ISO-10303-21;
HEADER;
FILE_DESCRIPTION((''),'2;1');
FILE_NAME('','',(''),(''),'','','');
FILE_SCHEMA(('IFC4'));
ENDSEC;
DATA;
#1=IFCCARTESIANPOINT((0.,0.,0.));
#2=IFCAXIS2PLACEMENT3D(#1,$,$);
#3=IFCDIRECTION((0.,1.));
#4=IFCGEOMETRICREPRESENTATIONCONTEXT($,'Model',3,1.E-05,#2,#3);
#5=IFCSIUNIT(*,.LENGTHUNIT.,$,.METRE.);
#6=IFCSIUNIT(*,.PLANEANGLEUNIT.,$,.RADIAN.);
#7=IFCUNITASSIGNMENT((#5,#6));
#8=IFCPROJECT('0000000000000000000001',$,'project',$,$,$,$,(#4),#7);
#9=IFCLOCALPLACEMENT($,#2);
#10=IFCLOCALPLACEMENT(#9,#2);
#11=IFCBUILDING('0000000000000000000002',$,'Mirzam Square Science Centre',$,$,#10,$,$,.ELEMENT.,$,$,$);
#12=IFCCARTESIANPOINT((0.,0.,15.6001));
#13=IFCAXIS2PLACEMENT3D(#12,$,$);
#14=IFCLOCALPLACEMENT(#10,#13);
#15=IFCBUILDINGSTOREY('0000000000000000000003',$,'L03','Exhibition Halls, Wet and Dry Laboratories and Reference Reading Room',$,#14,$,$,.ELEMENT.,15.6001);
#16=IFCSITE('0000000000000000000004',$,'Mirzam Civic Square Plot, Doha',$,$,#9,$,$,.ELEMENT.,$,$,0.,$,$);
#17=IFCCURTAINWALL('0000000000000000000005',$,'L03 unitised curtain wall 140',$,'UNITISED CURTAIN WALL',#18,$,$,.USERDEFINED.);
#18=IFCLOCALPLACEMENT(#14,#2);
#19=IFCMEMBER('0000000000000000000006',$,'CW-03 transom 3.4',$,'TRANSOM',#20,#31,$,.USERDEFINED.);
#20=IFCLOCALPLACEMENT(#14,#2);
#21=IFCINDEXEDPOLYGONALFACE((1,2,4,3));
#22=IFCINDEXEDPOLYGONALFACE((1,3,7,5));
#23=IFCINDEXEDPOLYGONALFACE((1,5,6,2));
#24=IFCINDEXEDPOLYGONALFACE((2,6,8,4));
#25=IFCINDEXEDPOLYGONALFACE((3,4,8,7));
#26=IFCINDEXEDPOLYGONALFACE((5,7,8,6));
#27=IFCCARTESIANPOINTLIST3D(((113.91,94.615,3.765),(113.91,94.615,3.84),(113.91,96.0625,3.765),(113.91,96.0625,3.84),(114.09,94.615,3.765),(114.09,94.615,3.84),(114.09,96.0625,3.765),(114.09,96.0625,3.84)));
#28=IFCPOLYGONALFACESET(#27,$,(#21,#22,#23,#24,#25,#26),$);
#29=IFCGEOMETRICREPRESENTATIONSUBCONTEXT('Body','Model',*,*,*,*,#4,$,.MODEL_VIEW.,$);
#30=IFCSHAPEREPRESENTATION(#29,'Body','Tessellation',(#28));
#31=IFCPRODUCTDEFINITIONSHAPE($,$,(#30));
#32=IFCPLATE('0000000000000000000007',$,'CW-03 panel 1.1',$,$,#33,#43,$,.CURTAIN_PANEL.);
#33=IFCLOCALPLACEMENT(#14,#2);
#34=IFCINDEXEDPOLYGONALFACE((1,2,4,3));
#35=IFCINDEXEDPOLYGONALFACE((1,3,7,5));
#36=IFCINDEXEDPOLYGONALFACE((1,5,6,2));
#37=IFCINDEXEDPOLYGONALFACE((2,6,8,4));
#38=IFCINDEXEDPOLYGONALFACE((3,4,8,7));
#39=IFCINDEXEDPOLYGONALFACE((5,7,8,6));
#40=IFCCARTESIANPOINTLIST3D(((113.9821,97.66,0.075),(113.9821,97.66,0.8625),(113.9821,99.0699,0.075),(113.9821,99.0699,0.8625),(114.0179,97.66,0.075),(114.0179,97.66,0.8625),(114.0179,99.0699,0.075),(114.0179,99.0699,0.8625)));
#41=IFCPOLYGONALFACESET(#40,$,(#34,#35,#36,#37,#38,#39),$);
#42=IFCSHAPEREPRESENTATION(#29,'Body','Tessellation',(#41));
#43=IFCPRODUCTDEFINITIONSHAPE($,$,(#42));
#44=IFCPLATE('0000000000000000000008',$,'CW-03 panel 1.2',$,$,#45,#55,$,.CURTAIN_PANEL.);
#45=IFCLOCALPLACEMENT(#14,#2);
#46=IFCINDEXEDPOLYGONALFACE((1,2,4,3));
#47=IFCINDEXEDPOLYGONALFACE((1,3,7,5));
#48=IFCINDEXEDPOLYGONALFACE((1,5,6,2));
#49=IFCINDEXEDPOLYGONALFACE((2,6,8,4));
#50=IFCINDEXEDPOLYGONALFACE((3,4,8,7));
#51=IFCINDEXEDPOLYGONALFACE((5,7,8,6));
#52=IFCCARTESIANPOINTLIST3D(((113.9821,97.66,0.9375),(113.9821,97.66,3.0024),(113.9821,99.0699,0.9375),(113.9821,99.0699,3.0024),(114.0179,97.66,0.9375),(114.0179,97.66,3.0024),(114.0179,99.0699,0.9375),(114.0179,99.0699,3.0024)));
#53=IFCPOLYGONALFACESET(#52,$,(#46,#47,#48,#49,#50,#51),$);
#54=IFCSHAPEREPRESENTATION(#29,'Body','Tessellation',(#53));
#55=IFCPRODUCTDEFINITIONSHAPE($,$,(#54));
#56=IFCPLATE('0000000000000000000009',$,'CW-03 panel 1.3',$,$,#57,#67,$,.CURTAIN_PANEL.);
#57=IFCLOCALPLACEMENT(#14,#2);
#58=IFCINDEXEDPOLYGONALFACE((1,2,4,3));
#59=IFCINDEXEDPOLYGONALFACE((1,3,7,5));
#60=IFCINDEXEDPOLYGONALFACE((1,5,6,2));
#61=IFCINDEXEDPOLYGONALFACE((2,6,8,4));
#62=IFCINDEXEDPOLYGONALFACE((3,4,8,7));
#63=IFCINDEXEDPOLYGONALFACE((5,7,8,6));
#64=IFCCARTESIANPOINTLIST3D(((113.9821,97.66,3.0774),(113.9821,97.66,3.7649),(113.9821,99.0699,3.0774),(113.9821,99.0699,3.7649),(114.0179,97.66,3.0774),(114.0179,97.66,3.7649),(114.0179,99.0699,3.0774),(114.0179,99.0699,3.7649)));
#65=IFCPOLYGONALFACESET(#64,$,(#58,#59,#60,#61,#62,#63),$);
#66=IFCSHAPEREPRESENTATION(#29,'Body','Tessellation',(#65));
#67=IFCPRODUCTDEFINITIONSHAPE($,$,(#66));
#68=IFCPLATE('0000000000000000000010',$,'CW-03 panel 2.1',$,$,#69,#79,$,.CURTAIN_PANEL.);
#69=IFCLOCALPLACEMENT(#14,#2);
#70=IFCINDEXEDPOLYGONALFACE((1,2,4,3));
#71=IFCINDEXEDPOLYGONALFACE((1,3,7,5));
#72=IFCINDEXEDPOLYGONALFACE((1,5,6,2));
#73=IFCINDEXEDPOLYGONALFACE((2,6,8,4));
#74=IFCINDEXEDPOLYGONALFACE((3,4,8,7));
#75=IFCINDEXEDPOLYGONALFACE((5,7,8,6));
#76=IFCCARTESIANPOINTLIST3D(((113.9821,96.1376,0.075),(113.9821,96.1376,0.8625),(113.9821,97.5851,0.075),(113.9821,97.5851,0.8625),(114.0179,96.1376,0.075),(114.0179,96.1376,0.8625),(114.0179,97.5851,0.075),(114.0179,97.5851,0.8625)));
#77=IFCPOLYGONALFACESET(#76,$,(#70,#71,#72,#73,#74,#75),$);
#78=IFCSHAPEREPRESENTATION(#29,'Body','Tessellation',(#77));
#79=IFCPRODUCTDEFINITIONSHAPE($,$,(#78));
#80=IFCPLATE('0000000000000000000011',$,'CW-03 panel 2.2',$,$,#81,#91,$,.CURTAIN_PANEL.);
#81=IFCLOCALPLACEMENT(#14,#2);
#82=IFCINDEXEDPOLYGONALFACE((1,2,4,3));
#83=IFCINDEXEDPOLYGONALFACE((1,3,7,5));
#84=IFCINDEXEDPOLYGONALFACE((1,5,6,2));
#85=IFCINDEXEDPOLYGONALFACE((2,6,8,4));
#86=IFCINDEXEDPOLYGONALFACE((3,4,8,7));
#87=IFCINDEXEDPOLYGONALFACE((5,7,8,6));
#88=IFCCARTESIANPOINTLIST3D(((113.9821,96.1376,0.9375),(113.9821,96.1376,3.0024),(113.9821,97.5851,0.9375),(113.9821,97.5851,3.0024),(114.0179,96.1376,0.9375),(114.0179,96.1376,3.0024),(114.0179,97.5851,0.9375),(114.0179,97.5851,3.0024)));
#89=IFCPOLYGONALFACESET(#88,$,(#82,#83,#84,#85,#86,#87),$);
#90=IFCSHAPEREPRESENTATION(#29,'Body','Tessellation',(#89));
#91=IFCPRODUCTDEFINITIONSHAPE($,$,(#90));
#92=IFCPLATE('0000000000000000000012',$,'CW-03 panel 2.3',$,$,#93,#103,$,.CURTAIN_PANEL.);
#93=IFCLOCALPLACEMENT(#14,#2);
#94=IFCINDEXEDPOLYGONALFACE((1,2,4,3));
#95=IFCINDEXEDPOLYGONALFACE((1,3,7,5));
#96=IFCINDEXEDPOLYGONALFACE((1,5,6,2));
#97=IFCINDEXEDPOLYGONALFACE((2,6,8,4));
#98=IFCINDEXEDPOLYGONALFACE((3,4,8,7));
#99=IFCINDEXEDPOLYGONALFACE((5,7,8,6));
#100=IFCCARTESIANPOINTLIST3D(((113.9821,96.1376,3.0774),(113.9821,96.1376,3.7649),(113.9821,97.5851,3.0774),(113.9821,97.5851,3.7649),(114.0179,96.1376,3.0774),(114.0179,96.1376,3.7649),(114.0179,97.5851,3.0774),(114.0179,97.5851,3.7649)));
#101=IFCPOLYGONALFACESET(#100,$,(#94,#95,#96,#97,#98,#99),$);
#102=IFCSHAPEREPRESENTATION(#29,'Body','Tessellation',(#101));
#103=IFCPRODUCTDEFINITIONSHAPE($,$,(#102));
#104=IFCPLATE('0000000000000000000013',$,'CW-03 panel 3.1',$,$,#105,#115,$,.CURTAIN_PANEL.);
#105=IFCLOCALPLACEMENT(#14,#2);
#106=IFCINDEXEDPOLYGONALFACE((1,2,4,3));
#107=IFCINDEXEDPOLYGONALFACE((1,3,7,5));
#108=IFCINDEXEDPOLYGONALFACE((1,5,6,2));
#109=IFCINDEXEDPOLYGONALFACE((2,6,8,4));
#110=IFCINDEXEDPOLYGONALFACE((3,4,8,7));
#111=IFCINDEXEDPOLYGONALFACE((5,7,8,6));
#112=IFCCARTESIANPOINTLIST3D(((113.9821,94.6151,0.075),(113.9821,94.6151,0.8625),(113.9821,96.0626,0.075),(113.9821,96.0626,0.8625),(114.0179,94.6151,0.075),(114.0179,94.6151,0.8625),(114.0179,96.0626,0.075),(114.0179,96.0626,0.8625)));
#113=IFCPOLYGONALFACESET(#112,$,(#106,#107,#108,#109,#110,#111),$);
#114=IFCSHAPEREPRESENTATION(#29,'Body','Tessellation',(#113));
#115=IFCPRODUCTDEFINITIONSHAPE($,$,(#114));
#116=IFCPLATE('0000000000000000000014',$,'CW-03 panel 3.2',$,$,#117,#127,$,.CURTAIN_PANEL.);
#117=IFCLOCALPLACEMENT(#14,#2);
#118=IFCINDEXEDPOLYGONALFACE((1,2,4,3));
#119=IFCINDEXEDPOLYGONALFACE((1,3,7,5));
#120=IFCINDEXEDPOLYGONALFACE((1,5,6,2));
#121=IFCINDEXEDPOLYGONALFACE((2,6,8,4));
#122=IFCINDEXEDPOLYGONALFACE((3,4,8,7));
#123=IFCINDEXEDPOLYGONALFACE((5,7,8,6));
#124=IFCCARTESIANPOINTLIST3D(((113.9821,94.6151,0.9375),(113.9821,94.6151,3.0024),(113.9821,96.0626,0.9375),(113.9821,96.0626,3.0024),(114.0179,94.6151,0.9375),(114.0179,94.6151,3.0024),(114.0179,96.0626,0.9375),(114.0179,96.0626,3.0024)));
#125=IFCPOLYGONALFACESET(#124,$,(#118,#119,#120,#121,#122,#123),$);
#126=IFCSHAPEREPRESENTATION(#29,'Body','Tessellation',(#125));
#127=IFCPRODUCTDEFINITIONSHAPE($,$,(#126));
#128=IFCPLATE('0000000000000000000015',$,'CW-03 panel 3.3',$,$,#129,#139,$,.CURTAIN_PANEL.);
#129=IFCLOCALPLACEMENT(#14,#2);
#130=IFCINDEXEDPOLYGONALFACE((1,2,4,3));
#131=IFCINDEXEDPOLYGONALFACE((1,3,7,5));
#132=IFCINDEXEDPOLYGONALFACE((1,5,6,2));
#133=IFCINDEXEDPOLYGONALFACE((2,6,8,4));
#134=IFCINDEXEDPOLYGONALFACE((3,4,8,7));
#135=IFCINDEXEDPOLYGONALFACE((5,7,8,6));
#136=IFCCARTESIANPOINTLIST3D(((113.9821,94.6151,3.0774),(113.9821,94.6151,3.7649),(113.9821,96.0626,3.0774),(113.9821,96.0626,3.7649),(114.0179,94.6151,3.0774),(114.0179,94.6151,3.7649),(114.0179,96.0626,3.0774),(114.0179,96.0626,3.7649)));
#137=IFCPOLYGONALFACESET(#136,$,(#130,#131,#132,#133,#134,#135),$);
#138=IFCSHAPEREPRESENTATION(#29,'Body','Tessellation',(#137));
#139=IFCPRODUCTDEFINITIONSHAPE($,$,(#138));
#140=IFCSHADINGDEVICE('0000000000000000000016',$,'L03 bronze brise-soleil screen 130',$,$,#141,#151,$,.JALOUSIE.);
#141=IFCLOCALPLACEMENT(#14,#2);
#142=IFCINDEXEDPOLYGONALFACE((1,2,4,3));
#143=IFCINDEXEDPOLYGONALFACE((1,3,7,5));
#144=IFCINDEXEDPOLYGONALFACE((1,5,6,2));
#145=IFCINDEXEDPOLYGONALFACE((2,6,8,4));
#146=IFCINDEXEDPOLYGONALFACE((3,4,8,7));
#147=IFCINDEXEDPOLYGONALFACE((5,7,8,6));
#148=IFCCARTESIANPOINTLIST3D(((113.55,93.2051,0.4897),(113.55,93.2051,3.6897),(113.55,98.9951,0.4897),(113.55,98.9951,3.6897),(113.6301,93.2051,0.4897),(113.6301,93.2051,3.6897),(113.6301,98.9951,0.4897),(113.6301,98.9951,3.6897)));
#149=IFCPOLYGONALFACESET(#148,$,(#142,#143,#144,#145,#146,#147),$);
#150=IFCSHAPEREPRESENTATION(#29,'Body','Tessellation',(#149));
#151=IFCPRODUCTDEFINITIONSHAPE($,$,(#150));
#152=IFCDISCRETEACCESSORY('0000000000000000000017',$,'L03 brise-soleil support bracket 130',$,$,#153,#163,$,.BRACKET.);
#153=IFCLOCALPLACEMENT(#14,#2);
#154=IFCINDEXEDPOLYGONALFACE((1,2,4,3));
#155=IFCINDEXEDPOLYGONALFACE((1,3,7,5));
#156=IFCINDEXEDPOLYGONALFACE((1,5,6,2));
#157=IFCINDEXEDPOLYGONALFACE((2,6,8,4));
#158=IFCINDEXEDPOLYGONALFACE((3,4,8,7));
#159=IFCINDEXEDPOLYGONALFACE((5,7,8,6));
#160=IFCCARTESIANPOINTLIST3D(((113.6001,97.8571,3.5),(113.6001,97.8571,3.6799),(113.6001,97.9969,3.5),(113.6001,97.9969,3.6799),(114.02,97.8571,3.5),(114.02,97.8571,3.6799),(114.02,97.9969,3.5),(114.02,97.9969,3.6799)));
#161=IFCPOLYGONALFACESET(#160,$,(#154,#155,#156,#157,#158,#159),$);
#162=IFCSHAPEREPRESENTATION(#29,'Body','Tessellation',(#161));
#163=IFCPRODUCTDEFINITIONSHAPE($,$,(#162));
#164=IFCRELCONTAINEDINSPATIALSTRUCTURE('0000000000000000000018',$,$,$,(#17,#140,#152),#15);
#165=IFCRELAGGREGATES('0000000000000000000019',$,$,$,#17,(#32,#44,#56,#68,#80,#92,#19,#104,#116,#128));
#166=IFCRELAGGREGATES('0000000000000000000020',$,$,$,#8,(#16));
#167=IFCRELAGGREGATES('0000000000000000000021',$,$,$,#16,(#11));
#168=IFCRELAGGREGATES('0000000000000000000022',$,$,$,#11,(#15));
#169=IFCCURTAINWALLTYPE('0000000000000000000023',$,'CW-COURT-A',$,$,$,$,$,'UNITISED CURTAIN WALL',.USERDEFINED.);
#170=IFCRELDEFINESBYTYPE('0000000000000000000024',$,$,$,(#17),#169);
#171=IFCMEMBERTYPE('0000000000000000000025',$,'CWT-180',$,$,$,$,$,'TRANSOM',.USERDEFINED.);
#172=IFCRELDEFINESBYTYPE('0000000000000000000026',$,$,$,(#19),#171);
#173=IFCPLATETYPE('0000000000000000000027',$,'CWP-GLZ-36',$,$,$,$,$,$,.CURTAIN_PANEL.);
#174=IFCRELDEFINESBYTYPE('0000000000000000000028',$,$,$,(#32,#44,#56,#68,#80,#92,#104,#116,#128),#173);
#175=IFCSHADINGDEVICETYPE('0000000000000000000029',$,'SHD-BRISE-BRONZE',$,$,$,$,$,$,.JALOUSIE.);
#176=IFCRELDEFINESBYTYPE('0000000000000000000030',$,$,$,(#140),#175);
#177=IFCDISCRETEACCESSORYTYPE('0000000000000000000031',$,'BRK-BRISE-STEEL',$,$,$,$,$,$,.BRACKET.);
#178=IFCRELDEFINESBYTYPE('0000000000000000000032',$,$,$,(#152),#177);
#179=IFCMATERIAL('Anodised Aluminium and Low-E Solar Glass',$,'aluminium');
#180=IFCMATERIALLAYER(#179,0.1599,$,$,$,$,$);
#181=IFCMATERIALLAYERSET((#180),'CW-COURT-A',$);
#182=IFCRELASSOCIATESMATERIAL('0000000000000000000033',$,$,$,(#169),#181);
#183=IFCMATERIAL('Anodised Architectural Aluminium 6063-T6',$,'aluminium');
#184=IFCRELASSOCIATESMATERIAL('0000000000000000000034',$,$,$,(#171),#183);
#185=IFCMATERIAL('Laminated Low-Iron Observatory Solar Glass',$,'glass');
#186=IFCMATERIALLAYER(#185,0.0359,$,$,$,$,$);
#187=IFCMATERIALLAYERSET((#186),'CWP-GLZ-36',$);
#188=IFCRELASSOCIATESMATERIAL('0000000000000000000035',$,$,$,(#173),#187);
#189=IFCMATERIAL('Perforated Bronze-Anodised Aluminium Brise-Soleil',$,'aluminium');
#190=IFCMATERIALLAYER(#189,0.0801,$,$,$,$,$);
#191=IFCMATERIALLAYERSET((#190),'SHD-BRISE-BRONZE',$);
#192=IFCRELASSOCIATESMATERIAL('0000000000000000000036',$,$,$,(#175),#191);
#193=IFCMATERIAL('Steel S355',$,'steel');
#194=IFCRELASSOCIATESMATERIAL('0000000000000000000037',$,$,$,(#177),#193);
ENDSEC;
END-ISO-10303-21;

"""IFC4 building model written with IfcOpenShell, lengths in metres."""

from ifc_helpers import new_model, si_unit, direction, frame, origin, origin_2d, place, context, subcontext, project, spatial, rectangle, extrude, material, layer, layer_set, material_profile, profile_set, type_object, element, aggregate, save


model = new_model("IFC4")

# Units and contexts
model_context = context("Model", 3, precision=1e-05, world=origin(), true_north=direction((0.0, 1.0)))
body_context = subcontext(model_context, "Body", "Model", "MODEL_VIEW")
ifc_project = project(units=[si_unit("LENGTHUNIT", "METRE"), si_unit("PLANEANGLEUNIT", "RADIAN")], contexts=[model_context])

# Site, building, storey
site_placement = place(None, origin())
site = spatial("IfcSite", under=ifc_project, at=site_placement, Name="Mirzam Civic Square Plot, Doha", CompositionType="ELEMENT", RefElevation=0.0)
building_placement = place(site_placement, origin())
building = spatial("IfcBuilding", under=site, at=building_placement, Name="Mirzam Square Science Centre", CompositionType="ELEMENT")
storey_placement = place(building_placement, frame((0.0, 0.0, 15.6001)))
storey = spatial("IfcBuildingStorey", under=building, at=storey_placement, Name="L03", Description="Exhibition Halls, Wet and Dry Laboratories and Reference Reading Room", CompositionType="ELEMENT", Elevation=15.6001)

# Curtain wall, member, plates
ifc_material_1 = material(Name="Anodised Aluminium and Low-E Solar Glass", Category="aluminium")
ifc_layer_1 = layer(ifc_material_1, 0.1599)
ifc_layer_set_1 = layer_set([ifc_layer_1], Name="CW-COURT-A")
curtain_wall_type = type_object("IfcCurtainWallType", Name="CW-COURT-A", ElementType="UNITISED CURTAIN WALL", PredefinedType="USERDEFINED", material=ifc_layer_set_1)
curtain_wall_placement = place(storey_placement, origin())
curtain_wall = element("IfcCurtainWall", 1, at=curtain_wall_placement, inside=storey, type_object=curtain_wall_type, Name="L03 unitised curtain wall 140", ObjectType="UNITISED CURTAIN WALL", PredefinedType="USERDEFINED")
ifc_material_2 = material(Name="Anodised Architectural Aluminium 6063-T6", Category="aluminium")
ifc_material_profile_1 = material_profile(ifc_material_2, rectangle(XDim=0.1799, YDim=0.075, at=origin_2d()), Name="ALU-TRAN-180x75x5")
ifc_profile_set_1 = profile_set([ifc_material_profile_1], Name="Anodised Architectural Aluminium 6063-T6")
member_type_1 = type_object("IfcMemberType", Name="CWT-180", ElementType="TRANSOM", PredefinedType="USERDEFINED", material=ifc_profile_set_1)
member_1_placement = place(storey_placement, frame((114.0, 96.0625, 3.8025), z_axis=(0.0, -1.0, 0.0), x_axis=(1.0, 0.0, 0.0)))
member_1 = element("IfcMember", 2, at=member_1_placement, type_object=member_type_1, Name="CW-03 transom 3.4", ObjectType="TRANSOM", PredefinedType="USERDEFINED", context=body_context, shape_type="SweptSolid", body=[
    extrude(rectangle(XDim=0.1799, YDim=0.075, at=origin_2d()), origin(), (0.0, 0.0, 1.0), 1.4475),
])
ifc_material_3 = material(Name="Laminated Low-Iron Observatory Solar Glass", Category="glass")
ifc_layer_2 = layer(ifc_material_3, 0.0359)
ifc_layer_set_2 = layer_set([ifc_layer_2], Name="CWP-GLZ-36")
plate_type = type_object("IfcPlateType", Name="CWP-GLZ-36", PredefinedType="CURTAIN_PANEL", material=ifc_layer_set_2)
plate_1_placement = place(storey_placement, frame((114.0, 98.365, 0.075), z_axis=(0.0, 0.0, 1.0), x_axis=(0.0, -1.0, 0.0)))
plate_1 = element("IfcPlate", 3, at=plate_1_placement, type_object=plate_type, Name="CW-03 panel 1.1", PredefinedType="CURTAIN_PANEL", context=body_context, shape_type="SweptSolid", body=[
    extrude(rectangle(XDim=1.4099, YDim=0.0359, at=origin_2d()), origin(), (0.0, 0.0, 1.0), 0.7876),
])
plate_2_placement = place(storey_placement, frame((114.0, 98.365, 0.9375), z_axis=(0.0, 0.0, 1.0), x_axis=(0.0, -1.0, 0.0)))
plate_2 = element("IfcPlate", 4, at=plate_2_placement, type_object=plate_type, Name="CW-03 panel 1.2", PredefinedType="CURTAIN_PANEL", context=body_context, shape_type="SweptSolid", body=[
    extrude(rectangle(XDim=1.4099, YDim=0.0359, at=origin_2d()), origin(), (0.0, 0.0, 1.0), 2.0649),
])
plate_3_placement = place(storey_placement, frame((114.0, 98.365, 3.0774), z_axis=(0.0, 0.0, 1.0), x_axis=(0.0, -1.0, 0.0)))
plate_3 = element("IfcPlate", 5, at=plate_3_placement, type_object=plate_type, Name="CW-03 panel 1.3", PredefinedType="CURTAIN_PANEL", context=body_context, shape_type="SweptSolid", body=[
    extrude(rectangle(XDim=1.4099, YDim=0.0359, at=origin_2d()), origin(), (0.0, 0.0, 1.0), 0.6875),
])
plate_4_placement = place(storey_placement, frame((114.0, 96.8613, 0.075), z_axis=(0.0, 0.0, 1.0), x_axis=(0.0, -1.0, 0.0)))
plate_4 = element("IfcPlate", 6, at=plate_4_placement, type_object=plate_type, Name="CW-03 panel 2.1", PredefinedType="CURTAIN_PANEL", context=body_context, shape_type="SweptSolid", body=[
    extrude(rectangle(XDim=1.4475, YDim=0.0359, at=origin_2d()), origin(), (0.0, 0.0, 1.0), 0.7876),
])
plate_5_placement = place(storey_placement, frame((114.0, 96.8613, 0.9375), z_axis=(0.0, 0.0, 1.0), x_axis=(0.0, -1.0, 0.0)))
plate_5 = element("IfcPlate", 7, at=plate_5_placement, type_object=plate_type, Name="CW-03 panel 2.2", PredefinedType="CURTAIN_PANEL", context=body_context, shape_type="SweptSolid", body=[
    extrude(rectangle(XDim=1.4475, YDim=0.0359, at=origin_2d()), origin(), (0.0, 0.0, 1.0), 2.0649),
])
plate_6_placement = place(storey_placement, frame((114.0, 96.8613, 3.0774), z_axis=(0.0, 0.0, 1.0), x_axis=(0.0, -1.0, 0.0)))
plate_6 = element("IfcPlate", 8, at=plate_6_placement, type_object=plate_type, Name="CW-03 panel 2.3", PredefinedType="CURTAIN_PANEL", context=body_context, shape_type="SweptSolid", body=[
    extrude(rectangle(XDim=1.4475, YDim=0.0359, at=origin_2d()), origin(), (0.0, 0.0, 1.0), 0.6875),
])
plate_7_placement = place(storey_placement, frame((114.0, 95.3389, 0.075), z_axis=(0.0, 0.0, 1.0), x_axis=(0.0, -1.0, 0.0)))
plate_7 = element("IfcPlate", 9, at=plate_7_placement, type_object=plate_type, Name="CW-03 panel 3.1", PredefinedType="CURTAIN_PANEL", context=body_context, shape_type="SweptSolid", body=[
    extrude(rectangle(XDim=1.4475, YDim=0.0359, at=origin_2d()), origin(), (0.0, 0.0, 1.0), 0.7876),
])
plate_8_placement = place(storey_placement, frame((114.0, 95.3389, 0.9375), z_axis=(0.0, 0.0, 1.0), x_axis=(0.0, -1.0, 0.0)))
plate_8 = element("IfcPlate", 10, at=plate_8_placement, type_object=plate_type, Name="CW-03 panel 3.2", PredefinedType="CURTAIN_PANEL", context=body_context, shape_type="SweptSolid", body=[
    extrude(rectangle(XDim=1.4475, YDim=0.0359, at=origin_2d()), origin(), (0.0, 0.0, 1.0), 2.0649),
])
plate_9_placement = place(storey_placement, frame((114.0, 95.3389, 3.0774), z_axis=(0.0, 0.0, 1.0), x_axis=(0.0, -1.0, 0.0)))
plate_9 = element("IfcPlate", 11, at=plate_9_placement, type_object=plate_type, Name="CW-03 panel 3.3", PredefinedType="CURTAIN_PANEL", context=body_context, shape_type="SweptSolid", body=[
    extrude(rectangle(XDim=1.4475, YDim=0.0359, at=origin_2d()), origin(), (0.0, 0.0, 1.0), 0.6875),
])
aggregate(curtain_wall, [plate_1, plate_2, plate_3, plate_4, plate_5, plate_6, member_1, plate_7, plate_8, plate_9])

# Shading device
ifc_material_4 = material(Name="Perforated Bronze-Anodised Aluminium Brise-Soleil", Category="aluminium")
ifc_layer_3 = layer(ifc_material_4, 0.0801)
ifc_layer_set_3 = layer_set([ifc_layer_3], Name="SHD-BRISE-BRONZE")
shading_device_type = type_object("IfcShadingDeviceType", Name="SHD-BRISE-BRONZE", PredefinedType="JALOUSIE", material=ifc_layer_set_3)
shading_device_placement = place(storey_placement, frame((113.5901, 96.1001, 0.4897), z_axis=(0.0, 0.0, 1.0), x_axis=(0.0, -1.0, 0.0)))
element("IfcShadingDevice", 12, at=shading_device_placement, inside=storey, type_object=shading_device_type, Name="L03 bronze brise-soleil screen 130", PredefinedType="JALOUSIE", context=body_context, shape_type="SweptSolid", body=[
    extrude(rectangle(XDim=5.79, YDim=0.0801, at=origin_2d()), origin(), (0.0, 0.0, 1.0), 3.2),
])

# Discrete accessory
ifc_material_5 = material(Name="Steel S355", Category="steel")
discrete_accessory_type = type_object("IfcDiscreteAccessoryType", Name="BRK-BRISE-STEEL", PredefinedType="BRACKET", material=ifc_material_5)
discrete_accessory_placement = place(storey_placement, frame((113.8101, 97.927, 3.5), z_axis=(0.0, 0.0, 1.0), x_axis=(0.0, -1.0, 0.0)))
element("IfcDiscreteAccessory", 13, at=discrete_accessory_placement, inside=storey, type_object=discrete_accessory_type, Name="L03 brise-soleil support bracket 130", PredefinedType="BRACKET", context=body_context, shape_type="SweptSolid", body=[
    extrude(rectangle(XDim=0.1399, YDim=0.4199, at=origin_2d()), origin(), (0.0, 0.0, 1.0), 0.1799),
])

save(model, "model.ifc")
